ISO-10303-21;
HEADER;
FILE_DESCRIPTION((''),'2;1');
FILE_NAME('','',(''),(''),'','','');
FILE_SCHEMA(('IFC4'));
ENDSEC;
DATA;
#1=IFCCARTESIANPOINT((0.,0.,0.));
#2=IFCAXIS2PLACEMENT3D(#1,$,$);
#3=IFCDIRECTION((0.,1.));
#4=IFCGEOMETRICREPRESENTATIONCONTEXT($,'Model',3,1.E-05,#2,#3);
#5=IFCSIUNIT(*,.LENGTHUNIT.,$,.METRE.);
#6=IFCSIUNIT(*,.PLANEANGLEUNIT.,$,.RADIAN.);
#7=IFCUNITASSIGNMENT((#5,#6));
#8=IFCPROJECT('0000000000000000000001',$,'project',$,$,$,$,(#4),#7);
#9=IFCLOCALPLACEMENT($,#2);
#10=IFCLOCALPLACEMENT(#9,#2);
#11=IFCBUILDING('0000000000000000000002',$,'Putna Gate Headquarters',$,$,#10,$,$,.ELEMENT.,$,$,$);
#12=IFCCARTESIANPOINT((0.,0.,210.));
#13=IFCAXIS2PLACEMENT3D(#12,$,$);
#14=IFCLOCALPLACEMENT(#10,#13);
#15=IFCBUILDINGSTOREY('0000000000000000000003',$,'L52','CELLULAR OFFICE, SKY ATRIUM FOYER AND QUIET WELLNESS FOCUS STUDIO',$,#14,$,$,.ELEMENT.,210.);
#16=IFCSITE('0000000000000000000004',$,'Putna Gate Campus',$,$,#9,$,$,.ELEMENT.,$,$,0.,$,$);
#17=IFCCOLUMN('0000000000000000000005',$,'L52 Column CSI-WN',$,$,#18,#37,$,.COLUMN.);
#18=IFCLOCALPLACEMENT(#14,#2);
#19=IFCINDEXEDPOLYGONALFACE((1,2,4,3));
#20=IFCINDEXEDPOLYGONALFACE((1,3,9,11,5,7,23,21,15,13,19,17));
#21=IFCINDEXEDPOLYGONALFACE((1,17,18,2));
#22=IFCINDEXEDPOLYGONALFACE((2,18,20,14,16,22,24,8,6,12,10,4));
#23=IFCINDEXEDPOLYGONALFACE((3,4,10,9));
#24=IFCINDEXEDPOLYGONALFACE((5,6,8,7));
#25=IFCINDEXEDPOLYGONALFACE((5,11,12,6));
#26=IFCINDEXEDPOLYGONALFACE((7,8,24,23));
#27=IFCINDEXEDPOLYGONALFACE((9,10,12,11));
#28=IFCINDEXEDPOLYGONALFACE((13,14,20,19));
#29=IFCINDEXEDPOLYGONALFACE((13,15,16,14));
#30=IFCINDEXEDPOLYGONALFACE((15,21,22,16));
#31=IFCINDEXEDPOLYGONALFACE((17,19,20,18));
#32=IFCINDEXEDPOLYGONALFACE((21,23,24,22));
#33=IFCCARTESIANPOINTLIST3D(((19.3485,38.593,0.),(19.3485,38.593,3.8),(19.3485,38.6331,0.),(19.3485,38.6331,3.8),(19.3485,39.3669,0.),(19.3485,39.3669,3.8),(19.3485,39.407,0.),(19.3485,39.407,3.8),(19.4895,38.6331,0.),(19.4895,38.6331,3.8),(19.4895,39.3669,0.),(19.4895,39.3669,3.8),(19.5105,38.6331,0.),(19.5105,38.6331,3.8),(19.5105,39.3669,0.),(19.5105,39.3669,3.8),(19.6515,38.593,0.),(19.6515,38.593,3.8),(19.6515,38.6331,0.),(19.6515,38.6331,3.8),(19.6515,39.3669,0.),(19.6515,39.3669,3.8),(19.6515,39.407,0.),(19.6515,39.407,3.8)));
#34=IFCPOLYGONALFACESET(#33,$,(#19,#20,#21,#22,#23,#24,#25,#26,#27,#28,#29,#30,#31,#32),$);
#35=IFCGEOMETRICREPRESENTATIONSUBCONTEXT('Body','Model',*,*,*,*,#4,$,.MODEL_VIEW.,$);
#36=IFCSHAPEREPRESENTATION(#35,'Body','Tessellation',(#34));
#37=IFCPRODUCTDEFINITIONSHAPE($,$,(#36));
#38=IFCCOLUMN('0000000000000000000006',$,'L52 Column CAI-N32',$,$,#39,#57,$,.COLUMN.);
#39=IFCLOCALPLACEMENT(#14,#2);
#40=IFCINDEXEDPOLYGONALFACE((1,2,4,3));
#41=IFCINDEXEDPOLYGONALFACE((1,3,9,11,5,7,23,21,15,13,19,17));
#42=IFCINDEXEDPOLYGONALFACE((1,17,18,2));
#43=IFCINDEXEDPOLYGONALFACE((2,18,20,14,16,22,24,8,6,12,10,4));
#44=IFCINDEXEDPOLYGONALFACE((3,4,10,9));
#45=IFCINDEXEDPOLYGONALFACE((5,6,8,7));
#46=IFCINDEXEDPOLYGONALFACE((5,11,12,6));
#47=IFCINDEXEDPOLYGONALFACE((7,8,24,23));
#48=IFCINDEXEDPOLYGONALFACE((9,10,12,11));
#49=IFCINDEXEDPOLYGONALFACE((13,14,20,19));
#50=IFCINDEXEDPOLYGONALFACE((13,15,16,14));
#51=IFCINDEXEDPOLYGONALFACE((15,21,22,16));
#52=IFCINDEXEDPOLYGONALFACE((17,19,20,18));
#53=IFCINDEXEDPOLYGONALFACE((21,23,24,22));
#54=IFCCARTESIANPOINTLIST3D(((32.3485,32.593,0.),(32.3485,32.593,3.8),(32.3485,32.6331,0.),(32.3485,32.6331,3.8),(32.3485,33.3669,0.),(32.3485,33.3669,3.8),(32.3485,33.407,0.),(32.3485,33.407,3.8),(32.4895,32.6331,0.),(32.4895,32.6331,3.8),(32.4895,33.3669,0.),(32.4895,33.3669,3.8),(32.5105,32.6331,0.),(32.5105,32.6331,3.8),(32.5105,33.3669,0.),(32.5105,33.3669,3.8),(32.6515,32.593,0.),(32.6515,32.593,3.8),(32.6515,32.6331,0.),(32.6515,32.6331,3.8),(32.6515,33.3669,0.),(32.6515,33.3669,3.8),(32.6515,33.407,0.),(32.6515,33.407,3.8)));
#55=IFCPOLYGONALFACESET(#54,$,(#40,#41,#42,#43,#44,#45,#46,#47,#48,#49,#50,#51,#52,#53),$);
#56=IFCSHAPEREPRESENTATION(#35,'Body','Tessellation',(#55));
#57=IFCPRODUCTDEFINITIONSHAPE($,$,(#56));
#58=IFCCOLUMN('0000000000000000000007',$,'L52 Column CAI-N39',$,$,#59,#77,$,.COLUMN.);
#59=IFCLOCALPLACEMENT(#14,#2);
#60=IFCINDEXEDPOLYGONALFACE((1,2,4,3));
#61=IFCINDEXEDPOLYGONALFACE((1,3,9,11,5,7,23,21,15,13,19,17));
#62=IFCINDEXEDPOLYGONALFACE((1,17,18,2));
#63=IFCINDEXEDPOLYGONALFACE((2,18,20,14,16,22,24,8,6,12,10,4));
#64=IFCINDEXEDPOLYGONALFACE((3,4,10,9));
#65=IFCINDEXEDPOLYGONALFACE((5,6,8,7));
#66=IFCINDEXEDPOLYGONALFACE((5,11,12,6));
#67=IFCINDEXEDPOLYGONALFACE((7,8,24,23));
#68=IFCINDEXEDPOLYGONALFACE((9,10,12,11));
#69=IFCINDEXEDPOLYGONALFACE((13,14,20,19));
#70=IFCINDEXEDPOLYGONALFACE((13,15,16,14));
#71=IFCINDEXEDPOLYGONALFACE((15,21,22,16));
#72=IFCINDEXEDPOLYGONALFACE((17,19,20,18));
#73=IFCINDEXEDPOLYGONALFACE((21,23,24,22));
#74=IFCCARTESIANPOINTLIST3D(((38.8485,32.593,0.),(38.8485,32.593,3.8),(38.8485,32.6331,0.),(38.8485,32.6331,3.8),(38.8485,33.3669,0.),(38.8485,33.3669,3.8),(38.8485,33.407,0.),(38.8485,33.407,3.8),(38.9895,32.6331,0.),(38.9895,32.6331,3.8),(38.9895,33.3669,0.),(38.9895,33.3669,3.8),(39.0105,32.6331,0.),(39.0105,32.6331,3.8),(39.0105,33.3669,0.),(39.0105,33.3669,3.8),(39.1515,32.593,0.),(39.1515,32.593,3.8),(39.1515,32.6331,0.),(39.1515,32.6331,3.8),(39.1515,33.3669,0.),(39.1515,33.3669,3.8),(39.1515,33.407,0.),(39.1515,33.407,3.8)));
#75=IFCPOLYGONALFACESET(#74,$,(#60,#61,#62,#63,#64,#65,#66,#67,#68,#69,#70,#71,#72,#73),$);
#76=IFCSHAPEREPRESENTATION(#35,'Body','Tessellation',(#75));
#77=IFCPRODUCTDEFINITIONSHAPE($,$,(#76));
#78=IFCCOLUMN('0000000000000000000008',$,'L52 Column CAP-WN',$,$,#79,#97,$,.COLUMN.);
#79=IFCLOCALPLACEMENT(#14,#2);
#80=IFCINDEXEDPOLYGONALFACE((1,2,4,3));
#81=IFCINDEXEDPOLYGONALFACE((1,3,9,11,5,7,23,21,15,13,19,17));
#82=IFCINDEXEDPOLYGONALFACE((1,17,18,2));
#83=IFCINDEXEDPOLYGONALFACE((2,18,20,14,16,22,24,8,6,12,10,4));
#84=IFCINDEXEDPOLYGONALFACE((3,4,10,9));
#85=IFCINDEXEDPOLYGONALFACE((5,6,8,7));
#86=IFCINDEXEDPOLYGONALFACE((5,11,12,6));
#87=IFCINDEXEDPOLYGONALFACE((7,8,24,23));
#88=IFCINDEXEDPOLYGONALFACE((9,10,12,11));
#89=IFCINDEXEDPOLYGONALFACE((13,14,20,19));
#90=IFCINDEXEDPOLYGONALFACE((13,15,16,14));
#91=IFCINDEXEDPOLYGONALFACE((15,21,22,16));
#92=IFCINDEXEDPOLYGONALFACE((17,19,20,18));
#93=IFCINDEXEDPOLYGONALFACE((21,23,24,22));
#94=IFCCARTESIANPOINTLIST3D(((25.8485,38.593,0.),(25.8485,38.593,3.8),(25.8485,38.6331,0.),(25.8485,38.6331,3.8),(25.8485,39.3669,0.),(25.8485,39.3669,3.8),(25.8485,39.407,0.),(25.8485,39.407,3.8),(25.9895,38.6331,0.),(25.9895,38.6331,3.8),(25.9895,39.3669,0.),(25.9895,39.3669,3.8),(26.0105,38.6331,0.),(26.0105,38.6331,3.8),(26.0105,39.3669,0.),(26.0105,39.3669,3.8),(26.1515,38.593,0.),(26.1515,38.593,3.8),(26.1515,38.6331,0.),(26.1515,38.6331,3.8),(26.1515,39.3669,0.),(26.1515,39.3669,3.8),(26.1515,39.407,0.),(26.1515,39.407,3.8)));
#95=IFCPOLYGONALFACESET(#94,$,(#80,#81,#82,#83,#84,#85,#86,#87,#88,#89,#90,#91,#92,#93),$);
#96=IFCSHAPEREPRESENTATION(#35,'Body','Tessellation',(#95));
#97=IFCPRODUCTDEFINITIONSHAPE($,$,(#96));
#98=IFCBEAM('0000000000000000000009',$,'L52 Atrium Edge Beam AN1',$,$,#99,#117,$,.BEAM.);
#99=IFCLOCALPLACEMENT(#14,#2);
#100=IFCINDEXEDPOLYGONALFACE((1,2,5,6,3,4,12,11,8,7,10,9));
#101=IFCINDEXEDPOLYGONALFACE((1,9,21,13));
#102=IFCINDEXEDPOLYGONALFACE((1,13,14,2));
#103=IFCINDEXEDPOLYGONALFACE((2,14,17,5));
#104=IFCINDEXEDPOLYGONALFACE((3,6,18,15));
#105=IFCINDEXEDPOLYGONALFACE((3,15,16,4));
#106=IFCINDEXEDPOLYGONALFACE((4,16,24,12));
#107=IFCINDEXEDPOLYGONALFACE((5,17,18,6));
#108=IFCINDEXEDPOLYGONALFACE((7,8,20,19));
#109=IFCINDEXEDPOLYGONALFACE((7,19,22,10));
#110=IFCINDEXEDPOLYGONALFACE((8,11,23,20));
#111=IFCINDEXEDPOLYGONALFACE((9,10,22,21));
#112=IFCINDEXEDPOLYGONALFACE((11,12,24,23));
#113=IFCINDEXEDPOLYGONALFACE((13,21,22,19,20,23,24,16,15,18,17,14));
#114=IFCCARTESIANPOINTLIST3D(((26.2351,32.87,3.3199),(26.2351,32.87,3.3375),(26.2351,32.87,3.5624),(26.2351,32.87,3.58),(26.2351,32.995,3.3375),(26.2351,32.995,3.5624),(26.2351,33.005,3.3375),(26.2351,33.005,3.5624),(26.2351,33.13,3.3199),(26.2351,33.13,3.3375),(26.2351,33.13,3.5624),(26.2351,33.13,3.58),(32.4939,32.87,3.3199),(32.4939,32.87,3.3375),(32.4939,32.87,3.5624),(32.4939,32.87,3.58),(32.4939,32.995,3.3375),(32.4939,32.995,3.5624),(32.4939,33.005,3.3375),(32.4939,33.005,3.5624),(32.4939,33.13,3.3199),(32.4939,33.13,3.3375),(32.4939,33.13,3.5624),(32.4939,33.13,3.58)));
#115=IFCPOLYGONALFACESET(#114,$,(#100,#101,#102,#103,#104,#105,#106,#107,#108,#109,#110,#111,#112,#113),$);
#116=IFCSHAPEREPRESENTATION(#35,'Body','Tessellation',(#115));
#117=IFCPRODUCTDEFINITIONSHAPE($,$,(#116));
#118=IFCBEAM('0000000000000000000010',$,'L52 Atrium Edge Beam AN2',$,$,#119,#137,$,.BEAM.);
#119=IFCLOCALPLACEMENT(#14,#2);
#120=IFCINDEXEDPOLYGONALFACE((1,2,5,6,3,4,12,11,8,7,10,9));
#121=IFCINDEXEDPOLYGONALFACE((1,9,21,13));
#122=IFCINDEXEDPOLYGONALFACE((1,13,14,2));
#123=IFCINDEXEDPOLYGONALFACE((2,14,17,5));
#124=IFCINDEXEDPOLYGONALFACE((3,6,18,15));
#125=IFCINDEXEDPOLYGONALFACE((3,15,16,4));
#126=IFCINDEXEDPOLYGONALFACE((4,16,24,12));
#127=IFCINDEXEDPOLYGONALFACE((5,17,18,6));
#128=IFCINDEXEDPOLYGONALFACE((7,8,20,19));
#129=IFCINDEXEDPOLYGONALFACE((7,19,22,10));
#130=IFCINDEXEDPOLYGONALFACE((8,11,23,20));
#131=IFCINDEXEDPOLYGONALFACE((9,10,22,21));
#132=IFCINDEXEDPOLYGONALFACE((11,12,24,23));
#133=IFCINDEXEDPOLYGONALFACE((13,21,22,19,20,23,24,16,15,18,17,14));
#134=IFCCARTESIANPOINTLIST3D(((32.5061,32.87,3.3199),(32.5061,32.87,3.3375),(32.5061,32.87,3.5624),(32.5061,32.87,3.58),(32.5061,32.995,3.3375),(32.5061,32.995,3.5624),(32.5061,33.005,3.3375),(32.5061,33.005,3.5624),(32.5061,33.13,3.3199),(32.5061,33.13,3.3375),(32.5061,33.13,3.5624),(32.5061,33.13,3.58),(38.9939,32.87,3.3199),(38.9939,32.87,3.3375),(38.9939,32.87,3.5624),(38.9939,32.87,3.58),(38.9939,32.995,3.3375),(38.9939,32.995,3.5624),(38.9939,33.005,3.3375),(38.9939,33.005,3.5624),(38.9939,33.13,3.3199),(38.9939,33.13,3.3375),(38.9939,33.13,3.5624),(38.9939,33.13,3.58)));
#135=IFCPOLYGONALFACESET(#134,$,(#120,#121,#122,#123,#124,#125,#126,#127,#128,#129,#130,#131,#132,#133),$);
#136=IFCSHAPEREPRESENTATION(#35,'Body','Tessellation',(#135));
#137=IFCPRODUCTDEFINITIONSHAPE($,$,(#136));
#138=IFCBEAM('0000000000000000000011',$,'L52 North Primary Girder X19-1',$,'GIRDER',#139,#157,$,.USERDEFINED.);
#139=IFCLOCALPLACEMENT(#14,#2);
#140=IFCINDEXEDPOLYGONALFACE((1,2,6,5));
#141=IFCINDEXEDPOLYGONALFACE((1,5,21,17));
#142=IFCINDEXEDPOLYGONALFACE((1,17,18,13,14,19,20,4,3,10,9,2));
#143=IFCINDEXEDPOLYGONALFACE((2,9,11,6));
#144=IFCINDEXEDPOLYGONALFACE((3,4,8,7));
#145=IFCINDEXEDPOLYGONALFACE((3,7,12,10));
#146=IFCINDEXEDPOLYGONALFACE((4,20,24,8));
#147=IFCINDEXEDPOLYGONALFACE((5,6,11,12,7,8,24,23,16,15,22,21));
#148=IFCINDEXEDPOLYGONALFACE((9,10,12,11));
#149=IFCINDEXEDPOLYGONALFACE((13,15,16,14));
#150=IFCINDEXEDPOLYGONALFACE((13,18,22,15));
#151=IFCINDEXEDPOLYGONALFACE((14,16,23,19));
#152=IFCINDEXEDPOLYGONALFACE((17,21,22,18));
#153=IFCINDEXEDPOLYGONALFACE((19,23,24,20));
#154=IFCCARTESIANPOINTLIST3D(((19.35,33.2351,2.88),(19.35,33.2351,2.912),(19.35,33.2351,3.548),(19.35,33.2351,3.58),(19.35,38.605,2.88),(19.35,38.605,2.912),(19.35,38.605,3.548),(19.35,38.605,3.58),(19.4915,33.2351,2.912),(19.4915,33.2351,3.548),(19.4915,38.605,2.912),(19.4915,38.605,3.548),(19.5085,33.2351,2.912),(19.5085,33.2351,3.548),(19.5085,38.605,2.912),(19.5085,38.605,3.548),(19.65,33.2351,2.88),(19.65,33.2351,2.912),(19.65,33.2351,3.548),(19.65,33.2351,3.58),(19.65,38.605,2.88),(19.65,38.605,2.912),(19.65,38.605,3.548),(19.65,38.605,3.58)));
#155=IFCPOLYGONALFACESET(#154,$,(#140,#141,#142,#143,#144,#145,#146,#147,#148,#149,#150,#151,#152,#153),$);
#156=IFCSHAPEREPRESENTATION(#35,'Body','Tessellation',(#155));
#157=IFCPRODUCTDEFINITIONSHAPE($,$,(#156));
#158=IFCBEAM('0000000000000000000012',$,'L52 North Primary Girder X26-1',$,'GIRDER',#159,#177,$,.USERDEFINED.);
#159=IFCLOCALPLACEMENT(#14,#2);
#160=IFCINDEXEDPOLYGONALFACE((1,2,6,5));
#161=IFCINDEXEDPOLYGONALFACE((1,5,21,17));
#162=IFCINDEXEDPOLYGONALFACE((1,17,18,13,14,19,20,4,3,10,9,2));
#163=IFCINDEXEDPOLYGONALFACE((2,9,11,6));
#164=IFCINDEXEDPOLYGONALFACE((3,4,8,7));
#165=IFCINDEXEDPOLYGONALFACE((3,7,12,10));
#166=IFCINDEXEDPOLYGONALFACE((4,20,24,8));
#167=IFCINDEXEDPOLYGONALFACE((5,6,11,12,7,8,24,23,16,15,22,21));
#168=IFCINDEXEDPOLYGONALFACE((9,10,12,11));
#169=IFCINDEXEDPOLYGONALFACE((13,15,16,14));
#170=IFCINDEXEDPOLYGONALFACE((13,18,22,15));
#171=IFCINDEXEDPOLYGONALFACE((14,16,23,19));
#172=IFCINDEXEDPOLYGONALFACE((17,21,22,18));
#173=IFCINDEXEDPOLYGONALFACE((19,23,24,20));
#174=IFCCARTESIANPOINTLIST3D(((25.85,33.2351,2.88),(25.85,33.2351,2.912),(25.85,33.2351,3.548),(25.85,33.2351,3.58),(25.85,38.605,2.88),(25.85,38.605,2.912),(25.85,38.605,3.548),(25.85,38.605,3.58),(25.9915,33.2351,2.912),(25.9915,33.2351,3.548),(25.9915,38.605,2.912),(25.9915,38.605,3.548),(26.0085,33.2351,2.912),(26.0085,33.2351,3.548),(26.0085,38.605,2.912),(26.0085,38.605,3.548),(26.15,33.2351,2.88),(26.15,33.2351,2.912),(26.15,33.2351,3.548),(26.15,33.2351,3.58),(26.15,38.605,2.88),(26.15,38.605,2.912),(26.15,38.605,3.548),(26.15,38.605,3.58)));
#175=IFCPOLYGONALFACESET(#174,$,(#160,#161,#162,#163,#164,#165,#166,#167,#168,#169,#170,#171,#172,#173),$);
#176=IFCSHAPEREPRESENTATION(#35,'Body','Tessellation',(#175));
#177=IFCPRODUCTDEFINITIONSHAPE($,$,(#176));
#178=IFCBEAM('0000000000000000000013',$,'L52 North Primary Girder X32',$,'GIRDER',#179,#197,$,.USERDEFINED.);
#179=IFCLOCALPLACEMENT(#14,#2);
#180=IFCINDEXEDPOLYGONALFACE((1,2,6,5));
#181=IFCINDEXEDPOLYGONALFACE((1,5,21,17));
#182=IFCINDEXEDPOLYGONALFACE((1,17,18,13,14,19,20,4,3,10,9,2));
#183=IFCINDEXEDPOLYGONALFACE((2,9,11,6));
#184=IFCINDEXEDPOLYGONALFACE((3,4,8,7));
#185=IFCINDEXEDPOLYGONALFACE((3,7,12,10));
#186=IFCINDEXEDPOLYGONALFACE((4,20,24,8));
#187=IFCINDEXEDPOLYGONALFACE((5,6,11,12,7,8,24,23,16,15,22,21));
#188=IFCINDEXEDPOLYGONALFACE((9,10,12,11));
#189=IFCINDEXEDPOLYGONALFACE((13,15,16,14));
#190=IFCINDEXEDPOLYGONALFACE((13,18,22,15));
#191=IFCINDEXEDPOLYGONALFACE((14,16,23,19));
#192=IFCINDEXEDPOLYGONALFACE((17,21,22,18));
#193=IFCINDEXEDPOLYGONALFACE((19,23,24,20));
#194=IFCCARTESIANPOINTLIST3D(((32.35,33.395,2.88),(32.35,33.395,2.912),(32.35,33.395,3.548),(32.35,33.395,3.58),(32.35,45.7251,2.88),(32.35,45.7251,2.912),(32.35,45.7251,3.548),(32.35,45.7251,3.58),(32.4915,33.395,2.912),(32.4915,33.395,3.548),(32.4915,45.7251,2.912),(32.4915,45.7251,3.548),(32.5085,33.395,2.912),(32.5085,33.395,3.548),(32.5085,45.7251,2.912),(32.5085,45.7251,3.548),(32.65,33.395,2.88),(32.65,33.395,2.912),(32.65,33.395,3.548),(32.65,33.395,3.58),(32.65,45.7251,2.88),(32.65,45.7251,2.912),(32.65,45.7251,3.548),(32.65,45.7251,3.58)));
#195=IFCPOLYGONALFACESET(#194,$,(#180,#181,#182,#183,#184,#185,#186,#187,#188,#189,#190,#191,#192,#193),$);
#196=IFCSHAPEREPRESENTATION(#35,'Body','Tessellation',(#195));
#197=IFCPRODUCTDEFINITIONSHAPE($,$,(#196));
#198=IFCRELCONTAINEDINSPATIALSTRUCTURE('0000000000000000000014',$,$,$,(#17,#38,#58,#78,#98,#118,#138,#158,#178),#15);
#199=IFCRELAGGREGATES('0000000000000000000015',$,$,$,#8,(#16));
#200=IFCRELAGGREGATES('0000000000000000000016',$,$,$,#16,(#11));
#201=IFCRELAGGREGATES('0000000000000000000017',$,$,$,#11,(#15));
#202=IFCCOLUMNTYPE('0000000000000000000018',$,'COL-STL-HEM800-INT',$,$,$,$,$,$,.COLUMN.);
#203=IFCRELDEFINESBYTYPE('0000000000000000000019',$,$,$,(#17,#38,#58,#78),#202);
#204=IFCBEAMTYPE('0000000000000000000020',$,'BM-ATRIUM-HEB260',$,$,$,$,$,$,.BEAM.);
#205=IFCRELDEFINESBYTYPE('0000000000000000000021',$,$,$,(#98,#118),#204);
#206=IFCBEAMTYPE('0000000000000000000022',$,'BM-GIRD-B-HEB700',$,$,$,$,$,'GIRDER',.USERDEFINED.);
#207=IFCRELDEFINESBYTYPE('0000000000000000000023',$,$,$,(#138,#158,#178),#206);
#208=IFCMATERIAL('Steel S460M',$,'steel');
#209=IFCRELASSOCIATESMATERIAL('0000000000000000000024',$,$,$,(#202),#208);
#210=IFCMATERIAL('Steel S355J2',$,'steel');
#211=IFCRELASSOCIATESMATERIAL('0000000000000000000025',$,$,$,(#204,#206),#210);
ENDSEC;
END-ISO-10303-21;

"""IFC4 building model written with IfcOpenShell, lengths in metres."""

from ifc_helpers import new_model, si_unit, direction, frame, origin, origin_2d, place, context, subcontext, project, spatial, i_section, extrude, material, material_profile, profile_set, type_object, element, save


model = new_model("IFC4")

# Units and contexts
model_context = context("Model", 3, precision=1e-05, world=origin(), true_north=direction((0.0, 1.0)))
body_context = subcontext(model_context, "Body", "Model", "MODEL_VIEW")
ifc_project = project(units=[si_unit("LENGTHUNIT", "METRE"), si_unit("PLANEANGLEUNIT", "RADIAN")], contexts=[model_context])

# Site, building, storey
site_placement = place(None, origin())
site = spatial("IfcSite", under=ifc_project, at=site_placement, Name="Putna Gate Campus", CompositionType="ELEMENT", RefElevation=0.0)
building_placement = place(site_placement, origin())
building = spatial("IfcBuilding", under=site, at=building_placement, Name="Putna Gate Headquarters", CompositionType="ELEMENT")
storey_placement = place(building_placement, frame((0.0, 0.0, 210.0)))
storey = spatial("IfcBuildingStorey", under=building, at=storey_placement, Name="L52", Description="CELLULAR OFFICE, SKY ATRIUM FOYER AND QUIET WELLNESS FOCUS STUDIO", CompositionType="ELEMENT", Elevation=210.0)

# Columns
ifc_material_1 = material(Name="Steel S460M", Category="steel")
ifc_material_profile_1 = material_profile(ifc_material_1, i_section(OverallWidth=0.303, OverallDepth=0.814, WebThickness=0.021, FlangeThickness=0.04, at=origin_2d()), Name="Steel S460M")
ifc_profile_set_1 = profile_set([ifc_material_profile_1], Name="Steel S460M")
column_type = type_object("IfcColumnType", Name="COL-STL-HEM800-INT", PredefinedType="COLUMN", material=ifc_profile_set_1)
for number, where, z_axis, x_axis, name in (
    (1, (19.5, 39.0, 0.0), (0.0, 0.0, 1.0), (1.0, 0.0, 0.0), "L52 Column CSI-WN"),
    (2, (32.5, 33.0, 0.0), (0.0, 0.0, 1.0), (1.0, 0.0, 0.0), "L52 Column CAI-N32"),
    (3, (39.0, 33.0, 0.0), (0.0, 0.0, 1.0), (1.0, 0.0, 0.0), "L52 Column CAI-N39"),
    (4, (26.0, 39.0, 0.0), (0.0, 0.0, 1.0), (1.0, 0.0, 0.0), "L52 Column CAP-WN"),
):
    element("IfcColumn", number, at=place(storey_placement, frame(where, z_axis=z_axis, x_axis=x_axis)), inside=storey, type_object=column_type, Name=name, PredefinedType="COLUMN", context=body_context, shape_type="SweptSolid", body=[
        extrude(i_section(OverallWidth=0.303, OverallDepth=0.814, WebThickness=0.021, FlangeThickness=0.04, at=origin_2d()), origin(), (0.0, 0.0, 1.0), 3.8),
    ])

# Beams
ifc_material_2 = material(Name="Steel S355J2", Category="steel")
ifc_material_profile_2 = material_profile(ifc_material_2, i_section(OverallWidth=0.26, OverallDepth=0.26, WebThickness=0.01, FlangeThickness=0.0176, at=origin_2d()), Name="Steel S355J2")
ifc_profile_set_2 = profile_set([ifc_material_profile_2], Name="Steel S355J2")
beam_type_1 = type_object("IfcBeamType", Name="BM-ATRIUM-HEB260", PredefinedType="BEAM", material=ifc_profile_set_2)
beam_1_placement = place(storey_placement, frame((26.2351, 33.0, 3.45), z_axis=(1.0, 0.0, 0.0), x_axis=(0.0, 1.0, 0.0)))
element("IfcBeam", 5, at=beam_1_placement, inside=storey, type_object=beam_type_1, Name="L52 Atrium Edge Beam AN1", PredefinedType="BEAM", context=body_context, shape_type="SweptSolid", body=[
    extrude(i_section(OverallWidth=0.26, OverallDepth=0.26, WebThickness=0.01, FlangeThickness=0.0176, at=origin_2d()), origin(), (0.0, 0.0, 1.0), 6.2588),
])
beam_2_placement = place(storey_placement, frame((32.5061, 33.0, 3.45), z_axis=(1.0, 0.0, 0.0), x_axis=(0.0, 1.0, 0.0)))
element("IfcBeam", 6, at=beam_2_placement, inside=storey, type_object=beam_type_1, Name="L52 Atrium Edge Beam AN2", PredefinedType="BEAM", context=body_context, shape_type="SweptSolid", body=[
    extrude(i_section(OverallWidth=0.26, OverallDepth=0.26, WebThickness=0.01, FlangeThickness=0.0176, at=origin_2d()), origin(), (0.0, 0.0, 1.0), 6.4878),
])
ifc_material_profile_3 = material_profile(ifc_material_2, i_section(OverallWidth=0.3, OverallDepth=0.7, WebThickness=0.0171, FlangeThickness=0.032, at=origin_2d()), Name="Steel S355J2")
ifc_profile_set_3 = profile_set([ifc_material_profile_3], Name="Steel S355J2")
beam_type_2 = type_object("IfcBeamType", Name="BM-GIRD-B-HEB700", ElementType="GIRDER", PredefinedType="USERDEFINED", material=ifc_profile_set_3)
for number, where, z_axis, x_axis, name in (
    (7, (19.5, 33.2351, 3.23), (0.0, 1.0, 0.0), (-1.0, 0.0, 0.0), "L52 North Primary Girder X19-1"),
    (8, (26.0, 33.2351, 3.23), (0.0, 1.0, 0.0), (-1.0, 0.0, 0.0), "L52 North Primary Girder X26-1"),
):
    element("IfcBeam", number, at=place(storey_placement, frame(where, z_axis=z_axis, x_axis=x_axis)), inside=storey, type_object=beam_type_2, Name=name, ObjectType="GIRDER", PredefinedType="USERDEFINED", context=body_context, shape_type="SweptSolid", body=[
        extrude(i_section(OverallWidth=0.3, OverallDepth=0.7, WebThickness=0.0171, FlangeThickness=0.032, at=origin_2d()), origin(), (0.0, 0.0, 1.0), 5.3699),
    ])
beam_3_placement = place(storey_placement, frame((32.5, 33.395, 3.23), z_axis=(0.0, 1.0, 0.0), x_axis=(-1.0, 0.0, 0.0)))
element("IfcBeam", 9, at=beam_3_placement, inside=storey, type_object=beam_type_2, Name="L52 North Primary Girder X32", ObjectType="GIRDER", PredefinedType="USERDEFINED", context=body_context, shape_type="SweptSolid", body=[
    extrude(i_section(OverallWidth=0.3, OverallDepth=0.7, WebThickness=0.0171, FlangeThickness=0.032, at=origin_2d()), origin(), (0.0, 0.0, 1.0), 12.3301),
])

save(model, "model.ifc")
